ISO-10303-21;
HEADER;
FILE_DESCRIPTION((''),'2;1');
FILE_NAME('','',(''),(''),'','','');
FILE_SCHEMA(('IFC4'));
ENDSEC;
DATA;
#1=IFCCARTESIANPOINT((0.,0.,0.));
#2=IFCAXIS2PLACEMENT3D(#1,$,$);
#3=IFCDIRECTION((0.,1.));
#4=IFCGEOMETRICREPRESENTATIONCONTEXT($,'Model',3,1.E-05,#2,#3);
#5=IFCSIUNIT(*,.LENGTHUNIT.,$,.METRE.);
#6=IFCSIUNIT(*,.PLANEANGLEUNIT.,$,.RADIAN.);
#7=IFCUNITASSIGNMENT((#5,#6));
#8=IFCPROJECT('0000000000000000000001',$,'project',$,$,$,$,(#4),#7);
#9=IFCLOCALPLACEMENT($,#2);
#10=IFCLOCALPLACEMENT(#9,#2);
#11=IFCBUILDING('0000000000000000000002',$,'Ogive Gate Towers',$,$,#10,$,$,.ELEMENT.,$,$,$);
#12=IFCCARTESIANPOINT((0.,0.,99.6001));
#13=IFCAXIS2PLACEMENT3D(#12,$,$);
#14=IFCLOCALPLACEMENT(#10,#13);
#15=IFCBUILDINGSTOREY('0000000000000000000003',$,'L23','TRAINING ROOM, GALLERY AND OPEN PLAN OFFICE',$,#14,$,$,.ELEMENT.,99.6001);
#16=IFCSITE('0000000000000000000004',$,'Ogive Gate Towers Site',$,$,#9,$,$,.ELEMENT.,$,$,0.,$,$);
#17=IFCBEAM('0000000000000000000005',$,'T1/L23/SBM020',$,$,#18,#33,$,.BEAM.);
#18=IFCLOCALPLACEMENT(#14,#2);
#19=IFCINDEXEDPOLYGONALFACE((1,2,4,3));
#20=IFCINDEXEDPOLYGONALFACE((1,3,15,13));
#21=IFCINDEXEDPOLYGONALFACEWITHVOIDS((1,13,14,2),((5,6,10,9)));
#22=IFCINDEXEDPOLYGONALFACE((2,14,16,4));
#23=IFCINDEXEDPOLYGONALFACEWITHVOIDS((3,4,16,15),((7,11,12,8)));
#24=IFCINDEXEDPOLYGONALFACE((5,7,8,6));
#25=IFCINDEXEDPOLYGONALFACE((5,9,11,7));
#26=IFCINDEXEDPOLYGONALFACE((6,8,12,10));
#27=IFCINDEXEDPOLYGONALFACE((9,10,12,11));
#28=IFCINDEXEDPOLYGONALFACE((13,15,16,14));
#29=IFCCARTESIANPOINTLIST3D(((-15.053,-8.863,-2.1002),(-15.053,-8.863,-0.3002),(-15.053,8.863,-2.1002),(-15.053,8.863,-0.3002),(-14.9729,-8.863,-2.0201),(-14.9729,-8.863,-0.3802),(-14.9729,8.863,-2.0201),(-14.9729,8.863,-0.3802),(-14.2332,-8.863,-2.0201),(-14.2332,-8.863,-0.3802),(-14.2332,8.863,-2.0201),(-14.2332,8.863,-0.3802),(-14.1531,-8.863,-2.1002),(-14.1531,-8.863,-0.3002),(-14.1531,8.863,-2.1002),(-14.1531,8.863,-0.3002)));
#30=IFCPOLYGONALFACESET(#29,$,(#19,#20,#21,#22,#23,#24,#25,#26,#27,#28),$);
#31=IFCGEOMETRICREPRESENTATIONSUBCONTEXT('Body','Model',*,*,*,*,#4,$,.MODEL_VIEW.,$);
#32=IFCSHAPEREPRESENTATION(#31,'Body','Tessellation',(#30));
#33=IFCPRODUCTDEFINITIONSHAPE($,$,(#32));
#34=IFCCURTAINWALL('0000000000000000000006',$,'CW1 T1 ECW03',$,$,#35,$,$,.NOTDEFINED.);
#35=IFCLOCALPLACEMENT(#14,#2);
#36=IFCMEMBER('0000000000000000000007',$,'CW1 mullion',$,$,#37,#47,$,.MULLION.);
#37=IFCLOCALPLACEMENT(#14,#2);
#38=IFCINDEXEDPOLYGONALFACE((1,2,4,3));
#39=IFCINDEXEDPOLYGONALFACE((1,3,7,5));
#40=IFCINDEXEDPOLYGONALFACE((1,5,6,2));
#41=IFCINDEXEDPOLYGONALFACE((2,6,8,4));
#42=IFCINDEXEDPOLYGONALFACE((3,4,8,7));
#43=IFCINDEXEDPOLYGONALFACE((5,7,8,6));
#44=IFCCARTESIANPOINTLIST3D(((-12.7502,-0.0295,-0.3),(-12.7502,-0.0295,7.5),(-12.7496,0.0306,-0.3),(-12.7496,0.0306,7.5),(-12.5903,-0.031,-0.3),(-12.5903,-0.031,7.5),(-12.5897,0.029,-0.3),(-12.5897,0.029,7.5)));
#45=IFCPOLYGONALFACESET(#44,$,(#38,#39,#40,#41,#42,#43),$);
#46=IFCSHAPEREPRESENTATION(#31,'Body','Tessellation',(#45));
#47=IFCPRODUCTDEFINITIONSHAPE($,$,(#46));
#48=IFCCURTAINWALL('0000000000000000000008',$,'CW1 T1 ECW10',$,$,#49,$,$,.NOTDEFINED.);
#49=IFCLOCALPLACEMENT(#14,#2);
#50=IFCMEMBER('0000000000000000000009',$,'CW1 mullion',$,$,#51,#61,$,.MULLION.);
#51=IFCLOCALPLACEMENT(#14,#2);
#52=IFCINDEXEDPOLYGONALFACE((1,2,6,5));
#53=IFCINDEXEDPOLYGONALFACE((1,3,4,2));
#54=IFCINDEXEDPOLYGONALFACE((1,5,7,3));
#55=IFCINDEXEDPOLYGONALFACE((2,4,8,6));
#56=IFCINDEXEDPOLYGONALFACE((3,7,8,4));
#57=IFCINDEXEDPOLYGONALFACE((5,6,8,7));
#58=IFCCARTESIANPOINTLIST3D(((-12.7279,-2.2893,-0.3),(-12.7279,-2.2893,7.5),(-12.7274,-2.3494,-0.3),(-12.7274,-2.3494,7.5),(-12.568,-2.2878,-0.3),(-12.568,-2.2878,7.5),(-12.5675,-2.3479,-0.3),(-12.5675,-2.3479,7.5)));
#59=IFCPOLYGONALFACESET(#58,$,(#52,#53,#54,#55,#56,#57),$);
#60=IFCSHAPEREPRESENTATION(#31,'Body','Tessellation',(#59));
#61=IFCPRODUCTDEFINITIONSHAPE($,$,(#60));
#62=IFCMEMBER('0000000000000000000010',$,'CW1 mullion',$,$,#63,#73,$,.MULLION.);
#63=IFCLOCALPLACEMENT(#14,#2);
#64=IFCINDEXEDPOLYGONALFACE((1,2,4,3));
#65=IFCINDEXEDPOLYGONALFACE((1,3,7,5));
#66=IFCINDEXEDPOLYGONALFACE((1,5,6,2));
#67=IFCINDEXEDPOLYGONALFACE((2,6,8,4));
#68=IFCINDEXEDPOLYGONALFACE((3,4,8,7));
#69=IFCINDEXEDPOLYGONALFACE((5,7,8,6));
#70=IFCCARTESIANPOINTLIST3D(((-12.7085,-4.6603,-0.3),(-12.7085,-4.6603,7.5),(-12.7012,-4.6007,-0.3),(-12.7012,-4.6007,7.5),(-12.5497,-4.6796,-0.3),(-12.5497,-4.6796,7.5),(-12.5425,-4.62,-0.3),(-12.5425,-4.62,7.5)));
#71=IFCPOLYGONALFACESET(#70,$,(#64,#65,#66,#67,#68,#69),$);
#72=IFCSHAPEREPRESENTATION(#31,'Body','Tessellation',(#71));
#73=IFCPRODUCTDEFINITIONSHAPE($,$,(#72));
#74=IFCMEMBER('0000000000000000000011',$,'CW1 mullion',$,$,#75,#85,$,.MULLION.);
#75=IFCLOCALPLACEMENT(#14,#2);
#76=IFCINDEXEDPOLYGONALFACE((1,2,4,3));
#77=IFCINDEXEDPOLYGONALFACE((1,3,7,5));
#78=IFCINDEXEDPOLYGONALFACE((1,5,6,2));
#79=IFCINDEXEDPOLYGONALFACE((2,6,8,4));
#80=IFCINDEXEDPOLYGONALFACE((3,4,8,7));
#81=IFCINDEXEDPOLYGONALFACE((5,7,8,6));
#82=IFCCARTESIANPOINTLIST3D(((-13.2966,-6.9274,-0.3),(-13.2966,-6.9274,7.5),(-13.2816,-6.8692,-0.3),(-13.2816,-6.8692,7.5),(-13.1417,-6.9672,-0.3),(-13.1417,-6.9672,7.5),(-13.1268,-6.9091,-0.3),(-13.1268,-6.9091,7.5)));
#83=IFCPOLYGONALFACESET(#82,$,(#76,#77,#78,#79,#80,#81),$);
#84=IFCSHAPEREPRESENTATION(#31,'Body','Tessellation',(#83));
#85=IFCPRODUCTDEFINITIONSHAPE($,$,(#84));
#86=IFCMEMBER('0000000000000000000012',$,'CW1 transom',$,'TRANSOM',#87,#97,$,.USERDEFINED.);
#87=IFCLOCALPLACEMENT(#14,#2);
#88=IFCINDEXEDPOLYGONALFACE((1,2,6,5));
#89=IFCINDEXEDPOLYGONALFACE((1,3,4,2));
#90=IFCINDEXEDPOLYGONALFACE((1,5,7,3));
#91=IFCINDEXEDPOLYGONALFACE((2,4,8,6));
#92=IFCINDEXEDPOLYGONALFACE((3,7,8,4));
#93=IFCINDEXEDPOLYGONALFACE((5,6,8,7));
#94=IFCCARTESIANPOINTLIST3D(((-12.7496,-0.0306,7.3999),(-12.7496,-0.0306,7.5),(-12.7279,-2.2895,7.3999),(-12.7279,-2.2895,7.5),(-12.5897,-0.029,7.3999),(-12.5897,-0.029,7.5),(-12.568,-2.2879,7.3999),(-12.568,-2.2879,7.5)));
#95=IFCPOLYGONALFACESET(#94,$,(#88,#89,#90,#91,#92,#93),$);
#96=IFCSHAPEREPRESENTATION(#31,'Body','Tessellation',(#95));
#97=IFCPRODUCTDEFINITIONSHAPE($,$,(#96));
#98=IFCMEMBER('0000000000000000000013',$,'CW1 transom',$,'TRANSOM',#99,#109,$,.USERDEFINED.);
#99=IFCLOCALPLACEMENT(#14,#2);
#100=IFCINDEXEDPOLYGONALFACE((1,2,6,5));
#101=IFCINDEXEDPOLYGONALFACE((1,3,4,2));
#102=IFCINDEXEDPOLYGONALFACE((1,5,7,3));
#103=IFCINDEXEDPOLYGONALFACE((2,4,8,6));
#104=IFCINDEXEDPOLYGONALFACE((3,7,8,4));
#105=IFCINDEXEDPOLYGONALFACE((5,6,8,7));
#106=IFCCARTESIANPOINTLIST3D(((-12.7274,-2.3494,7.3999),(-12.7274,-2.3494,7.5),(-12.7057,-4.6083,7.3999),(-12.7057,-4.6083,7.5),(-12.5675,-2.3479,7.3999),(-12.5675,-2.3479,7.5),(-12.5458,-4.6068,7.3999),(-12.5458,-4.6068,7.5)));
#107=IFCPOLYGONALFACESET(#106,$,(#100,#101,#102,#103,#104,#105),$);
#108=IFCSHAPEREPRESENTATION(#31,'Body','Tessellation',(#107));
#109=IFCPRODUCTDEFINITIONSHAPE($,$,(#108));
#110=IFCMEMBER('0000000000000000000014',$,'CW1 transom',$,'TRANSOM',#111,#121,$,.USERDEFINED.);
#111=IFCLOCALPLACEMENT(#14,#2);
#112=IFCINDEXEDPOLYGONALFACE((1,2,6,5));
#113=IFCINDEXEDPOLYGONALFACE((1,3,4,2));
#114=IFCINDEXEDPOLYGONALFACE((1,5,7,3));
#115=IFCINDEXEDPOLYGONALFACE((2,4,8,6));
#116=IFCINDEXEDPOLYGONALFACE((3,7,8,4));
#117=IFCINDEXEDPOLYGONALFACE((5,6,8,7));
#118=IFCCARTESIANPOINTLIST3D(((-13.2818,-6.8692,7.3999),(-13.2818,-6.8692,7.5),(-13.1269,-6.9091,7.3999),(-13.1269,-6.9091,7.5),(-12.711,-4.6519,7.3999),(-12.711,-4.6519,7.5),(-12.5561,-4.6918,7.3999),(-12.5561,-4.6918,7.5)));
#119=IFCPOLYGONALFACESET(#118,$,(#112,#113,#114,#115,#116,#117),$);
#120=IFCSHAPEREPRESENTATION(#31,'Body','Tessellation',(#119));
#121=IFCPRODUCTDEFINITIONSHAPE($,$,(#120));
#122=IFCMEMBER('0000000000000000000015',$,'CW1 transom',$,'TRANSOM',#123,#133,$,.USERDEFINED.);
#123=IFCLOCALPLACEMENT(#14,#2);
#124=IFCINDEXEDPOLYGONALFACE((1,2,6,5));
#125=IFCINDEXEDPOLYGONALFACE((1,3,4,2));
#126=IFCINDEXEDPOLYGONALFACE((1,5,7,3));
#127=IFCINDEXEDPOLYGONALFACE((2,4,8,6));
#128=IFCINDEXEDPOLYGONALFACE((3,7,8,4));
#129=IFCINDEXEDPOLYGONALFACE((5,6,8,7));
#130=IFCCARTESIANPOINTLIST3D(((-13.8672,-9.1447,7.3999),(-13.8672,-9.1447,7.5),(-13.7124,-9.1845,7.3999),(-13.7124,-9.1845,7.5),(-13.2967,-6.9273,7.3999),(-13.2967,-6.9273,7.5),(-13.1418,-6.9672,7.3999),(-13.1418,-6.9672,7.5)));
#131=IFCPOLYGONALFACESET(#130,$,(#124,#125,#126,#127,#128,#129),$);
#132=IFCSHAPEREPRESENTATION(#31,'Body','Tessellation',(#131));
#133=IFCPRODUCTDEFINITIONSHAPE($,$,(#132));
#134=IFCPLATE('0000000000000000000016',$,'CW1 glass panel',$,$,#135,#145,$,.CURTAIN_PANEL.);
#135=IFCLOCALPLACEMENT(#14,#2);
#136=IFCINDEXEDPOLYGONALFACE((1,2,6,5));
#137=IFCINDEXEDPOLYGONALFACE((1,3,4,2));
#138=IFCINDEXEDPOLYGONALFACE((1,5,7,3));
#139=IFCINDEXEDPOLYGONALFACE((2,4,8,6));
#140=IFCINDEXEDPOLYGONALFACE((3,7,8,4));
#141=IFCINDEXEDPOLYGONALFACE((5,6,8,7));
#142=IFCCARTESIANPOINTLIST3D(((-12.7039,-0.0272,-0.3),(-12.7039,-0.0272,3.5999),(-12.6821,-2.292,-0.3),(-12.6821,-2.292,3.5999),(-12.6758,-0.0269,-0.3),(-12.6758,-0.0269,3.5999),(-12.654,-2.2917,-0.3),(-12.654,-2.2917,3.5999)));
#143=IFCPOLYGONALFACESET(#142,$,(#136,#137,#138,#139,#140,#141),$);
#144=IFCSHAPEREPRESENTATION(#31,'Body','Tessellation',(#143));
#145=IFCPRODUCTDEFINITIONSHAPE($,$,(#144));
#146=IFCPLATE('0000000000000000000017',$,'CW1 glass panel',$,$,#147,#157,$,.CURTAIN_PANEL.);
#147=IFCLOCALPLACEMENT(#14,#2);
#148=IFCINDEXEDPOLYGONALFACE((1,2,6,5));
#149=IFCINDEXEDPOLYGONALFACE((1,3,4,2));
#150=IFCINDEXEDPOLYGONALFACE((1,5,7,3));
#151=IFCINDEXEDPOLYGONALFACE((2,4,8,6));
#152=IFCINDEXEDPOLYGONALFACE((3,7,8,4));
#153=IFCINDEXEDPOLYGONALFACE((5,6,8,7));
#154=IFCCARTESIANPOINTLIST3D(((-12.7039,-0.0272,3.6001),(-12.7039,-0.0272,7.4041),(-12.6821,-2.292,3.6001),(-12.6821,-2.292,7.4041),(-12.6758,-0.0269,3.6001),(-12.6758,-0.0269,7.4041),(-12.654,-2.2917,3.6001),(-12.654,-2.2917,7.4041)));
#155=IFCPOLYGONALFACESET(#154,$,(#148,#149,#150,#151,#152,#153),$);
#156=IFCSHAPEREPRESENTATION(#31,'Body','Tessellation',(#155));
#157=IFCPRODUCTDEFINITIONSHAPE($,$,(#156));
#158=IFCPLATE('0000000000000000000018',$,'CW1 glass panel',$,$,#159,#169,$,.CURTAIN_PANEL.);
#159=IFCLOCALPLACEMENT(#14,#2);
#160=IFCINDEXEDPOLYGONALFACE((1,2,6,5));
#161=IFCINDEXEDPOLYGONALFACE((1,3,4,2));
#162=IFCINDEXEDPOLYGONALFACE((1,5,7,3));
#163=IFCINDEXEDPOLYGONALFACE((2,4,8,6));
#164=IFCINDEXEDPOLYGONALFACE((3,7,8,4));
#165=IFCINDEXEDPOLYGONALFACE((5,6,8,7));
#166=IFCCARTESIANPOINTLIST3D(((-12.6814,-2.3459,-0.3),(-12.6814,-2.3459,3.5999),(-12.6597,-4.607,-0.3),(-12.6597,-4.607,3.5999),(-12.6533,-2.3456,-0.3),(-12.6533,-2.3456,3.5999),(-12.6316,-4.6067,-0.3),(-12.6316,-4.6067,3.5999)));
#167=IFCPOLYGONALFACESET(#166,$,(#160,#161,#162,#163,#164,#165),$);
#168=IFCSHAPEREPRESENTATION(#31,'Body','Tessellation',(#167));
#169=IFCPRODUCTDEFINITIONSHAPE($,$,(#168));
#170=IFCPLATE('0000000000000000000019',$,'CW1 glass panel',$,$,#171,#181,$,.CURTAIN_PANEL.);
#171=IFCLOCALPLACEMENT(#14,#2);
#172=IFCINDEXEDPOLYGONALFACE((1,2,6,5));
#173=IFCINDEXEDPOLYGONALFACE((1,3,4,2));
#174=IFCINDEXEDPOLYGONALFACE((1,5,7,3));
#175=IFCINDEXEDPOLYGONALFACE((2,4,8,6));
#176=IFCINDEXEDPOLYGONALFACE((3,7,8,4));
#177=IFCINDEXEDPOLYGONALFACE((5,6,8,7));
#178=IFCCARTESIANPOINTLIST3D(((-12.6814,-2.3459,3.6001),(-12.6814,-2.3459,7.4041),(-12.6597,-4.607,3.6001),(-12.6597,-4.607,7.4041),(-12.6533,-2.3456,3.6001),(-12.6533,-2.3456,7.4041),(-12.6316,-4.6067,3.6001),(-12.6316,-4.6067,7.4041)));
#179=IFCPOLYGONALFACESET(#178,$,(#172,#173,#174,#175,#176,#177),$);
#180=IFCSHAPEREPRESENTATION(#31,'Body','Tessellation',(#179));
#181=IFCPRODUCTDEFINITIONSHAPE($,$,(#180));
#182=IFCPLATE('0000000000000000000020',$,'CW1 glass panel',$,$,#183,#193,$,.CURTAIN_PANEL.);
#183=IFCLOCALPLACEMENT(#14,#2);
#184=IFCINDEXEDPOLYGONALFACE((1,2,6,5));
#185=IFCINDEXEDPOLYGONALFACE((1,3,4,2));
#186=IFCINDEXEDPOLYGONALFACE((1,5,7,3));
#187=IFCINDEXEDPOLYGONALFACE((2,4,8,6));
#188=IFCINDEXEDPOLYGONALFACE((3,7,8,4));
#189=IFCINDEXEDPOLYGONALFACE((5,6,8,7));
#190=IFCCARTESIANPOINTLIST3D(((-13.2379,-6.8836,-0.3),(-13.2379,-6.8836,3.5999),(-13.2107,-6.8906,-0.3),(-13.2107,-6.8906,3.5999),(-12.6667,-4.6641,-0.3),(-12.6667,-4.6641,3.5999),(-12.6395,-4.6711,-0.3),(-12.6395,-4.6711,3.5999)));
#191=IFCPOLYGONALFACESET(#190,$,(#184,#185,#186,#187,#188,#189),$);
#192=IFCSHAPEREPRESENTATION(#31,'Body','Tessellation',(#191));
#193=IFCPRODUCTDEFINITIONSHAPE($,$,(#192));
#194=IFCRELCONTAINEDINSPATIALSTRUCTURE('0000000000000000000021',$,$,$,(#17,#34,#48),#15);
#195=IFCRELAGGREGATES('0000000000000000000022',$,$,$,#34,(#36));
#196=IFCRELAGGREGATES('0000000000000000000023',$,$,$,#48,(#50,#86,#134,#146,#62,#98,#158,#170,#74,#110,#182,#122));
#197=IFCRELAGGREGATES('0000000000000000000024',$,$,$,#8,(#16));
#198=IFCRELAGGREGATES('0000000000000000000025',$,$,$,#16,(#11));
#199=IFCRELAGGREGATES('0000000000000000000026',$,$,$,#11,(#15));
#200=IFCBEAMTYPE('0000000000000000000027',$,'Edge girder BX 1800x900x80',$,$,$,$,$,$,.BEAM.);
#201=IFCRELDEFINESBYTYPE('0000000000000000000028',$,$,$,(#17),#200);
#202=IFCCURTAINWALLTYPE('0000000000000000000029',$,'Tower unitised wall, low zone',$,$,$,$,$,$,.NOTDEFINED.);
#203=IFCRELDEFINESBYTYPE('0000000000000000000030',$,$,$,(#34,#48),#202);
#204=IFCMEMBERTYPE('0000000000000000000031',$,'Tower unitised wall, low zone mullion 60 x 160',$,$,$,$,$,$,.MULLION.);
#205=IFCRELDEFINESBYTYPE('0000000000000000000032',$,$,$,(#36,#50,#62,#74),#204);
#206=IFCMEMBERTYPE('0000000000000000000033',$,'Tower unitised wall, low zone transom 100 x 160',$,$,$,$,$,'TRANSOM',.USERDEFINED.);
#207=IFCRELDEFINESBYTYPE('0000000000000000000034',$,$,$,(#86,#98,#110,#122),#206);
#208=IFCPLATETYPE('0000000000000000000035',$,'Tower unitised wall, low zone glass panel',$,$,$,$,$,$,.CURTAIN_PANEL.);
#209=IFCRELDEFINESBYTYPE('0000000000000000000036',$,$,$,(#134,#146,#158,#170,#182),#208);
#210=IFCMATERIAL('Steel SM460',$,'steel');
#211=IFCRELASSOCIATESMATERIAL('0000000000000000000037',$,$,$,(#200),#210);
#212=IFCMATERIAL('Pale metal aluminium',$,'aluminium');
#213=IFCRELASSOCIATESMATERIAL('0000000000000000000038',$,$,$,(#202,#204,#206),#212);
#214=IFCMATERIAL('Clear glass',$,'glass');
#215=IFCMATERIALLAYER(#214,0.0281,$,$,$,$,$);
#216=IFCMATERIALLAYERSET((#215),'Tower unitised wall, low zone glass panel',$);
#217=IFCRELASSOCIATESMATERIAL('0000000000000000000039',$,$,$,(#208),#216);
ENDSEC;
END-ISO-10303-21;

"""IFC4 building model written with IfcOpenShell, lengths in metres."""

from ifc_helpers import new_model, si_unit, direction, frame, origin, origin_2d, place, context, subcontext, project, spatial, rectangle, hollow_rectangle, extrude, material, layer, layer_set, material_profile, profile_set, type_object, element, aggregate, save


model = new_model("IFC4")

# Units and contexts
model_context = context("Model", 3, precision=1e-05, world=origin(), true_north=direction((0.0, 1.0)))
body_context = subcontext(model_context, "Body", "Model", "MODEL_VIEW")
ifc_project = project(units=[si_unit("LENGTHUNIT", "METRE"), si_unit("PLANEANGLEUNIT", "RADIAN")], contexts=[model_context])

# Site, building, storey
site_placement = place(None, origin())
site = spatial("IfcSite", under=ifc_project, at=site_placement, Name="Ogive Gate Towers Site", CompositionType="ELEMENT", RefElevation=0.0)
building_placement = place(site_placement, origin())
building = spatial("IfcBuilding", under=site, at=building_placement, Name="Ogive Gate Towers", CompositionType="ELEMENT")
storey_placement = place(building_placement, frame((0.0, 0.0, 99.6001)))
storey = spatial("IfcBuildingStorey", under=building, at=storey_placement, Name="L23", Description="TRAINING ROOM, GALLERY AND OPEN PLAN OFFICE", CompositionType="ELEMENT", Elevation=99.6001)

# Beam
ifc_material_1 = material(Name="Steel SM460", Category="steel")
ifc_material_profile_1 = material_profile(ifc_material_1, hollow_rectangle(XDim=0.8999, YDim=1.8, WallThickness=0.0801, at=origin_2d()), Name="BX 1800x900x80")
ifc_profile_set_1 = profile_set([ifc_material_profile_1], Name="Steel SM460")
beam_type = type_object("IfcBeamType", Name="Edge girder BX 1800x900x80", PredefinedType="BEAM", material=ifc_profile_set_1)
beam_placement = place(storey_placement, frame((-14.603, -8.863, -1.2002), z_axis=(0.0, 1.0, 0.0), x_axis=(-1.0, 0.0, 0.0)))
element("IfcBeam", 1, at=beam_placement, inside=storey, type_object=beam_type, Name="T1/L23/SBM020", PredefinedType="BEAM", context=body_context, shape_type="SweptSolid", body=[
    extrude(hollow_rectangle(XDim=0.8999, YDim=1.8, WallThickness=0.0801, at=origin_2d()), origin(), (0.0, 0.0, 1.0), 17.7261),
])

# Curtain wall, member
ifc_material_2 = material(Name="Pale metal aluminium", Category="aluminium")
curtain_wall_type = type_object("IfcCurtainWallType", Name="Tower unitised wall, low zone", PredefinedType="NOTDEFINED", material=ifc_material_2)
curtain_wall_1_placement = place(storey_placement, origin())
curtain_wall_1 = element("IfcCurtainWall", 2, at=curtain_wall_1_placement, inside=storey, type_object=curtain_wall_type, Name="CW1 T1 ECW03", PredefinedType="NOTDEFINED")
ifc_material_profile_2 = material_profile(ifc_material_2, rectangle(XDim=0.1599, YDim=0.0601, at=origin_2d()), Name="60 x 160 aluminium box")
ifc_profile_set_2 = profile_set([ifc_material_profile_2], Name="Pale metal aluminium")
member_type_1 = type_object("IfcMemberType", Name="Tower unitised wall, low zone mullion 60 x 160", PredefinedType="MULLION", material=ifc_profile_set_2)
member_1_placement = place(storey_placement, frame((-12.6699, -0.0002, -0.3), z_axis=(0.0, 0.0, 1.0), x_axis=(-0.999954, 0.009617, 0.0)))
member_1 = element("IfcMember", 3, at=member_1_placement, type_object=member_type_1, Name="CW1 mullion", PredefinedType="MULLION", context=body_context, shape_type="SweptSolid", body=[
    extrude(rectangle(XDim=0.1599, YDim=0.0601, at=origin_2d()), origin(), (0.0, 0.0, 1.0), 7.8),
])
aggregate(curtain_wall_1, [member_1])

# Curtain wall, members, plates
curtain_wall_2_placement = place(storey_placement, origin())
curtain_wall_2 = element("IfcCurtainWall", 4, at=curtain_wall_2_placement, inside=storey, type_object=curtain_wall_type, Name="CW1 T1 ECW10", PredefinedType="NOTDEFINED")
member_2_placement = place(storey_placement, frame((-12.6477, -2.3186, -0.3), z_axis=(0.0, 0.0, 1.0), x_axis=(-0.999954, -0.009599, 0.0)))
member_2 = element("IfcMember", 5, at=member_2_placement, type_object=member_type_1, Name="CW1 mullion", PredefinedType="MULLION", context=body_context, shape_type="SweptSolid", body=[
    extrude(rectangle(XDim=0.1599, YDim=0.0601, at=origin_2d()), origin(), (0.0, 0.0, 1.0), 7.8),
])
member_3_placement = place(storey_placement, frame((-12.6255, -4.6401, -0.3), z_axis=(0.0, 0.0, 1.0), x_axis=(-0.992669, 0.120865, 0.0)))
member_3 = element("IfcMember", 6, at=member_3_placement, type_object=member_type_1, Name="CW1 mullion", PredefinedType="MULLION", context=body_context, shape_type="SweptSolid", body=[
    extrude(rectangle(XDim=0.1599, YDim=0.0601, at=origin_2d()), origin(), (0.0, 0.0, 1.0), 7.8),
])
member_4_placement = place(storey_placement, frame((-13.2117, -6.9182, -0.3), z_axis=(0.0, 0.0, 1.0), x_axis=(-0.96844, 0.249248, 0.0)))
member_4 = element("IfcMember", 7, at=member_4_placement, type_object=member_type_1, Name="CW1 mullion", PredefinedType="MULLION", context=body_context, shape_type="SweptSolid", body=[
    extrude(rectangle(XDim=0.1599, YDim=0.0601, at=origin_2d()), origin(), (0.0, 0.0, 1.0), 7.8),
])
ifc_material_profile_3 = material_profile(ifc_material_2, rectangle(XDim=0.1599, YDim=0.1001, at=origin_2d()), Name="100 x 160 aluminium box")
ifc_profile_set_3 = profile_set([ifc_material_profile_3], Name="Pale metal aluminium")
member_type_2 = type_object("IfcMemberType", Name="Tower unitised wall, low zone transom 100 x 160", ElementType="TRANSOM", PredefinedType="USERDEFINED", material=ifc_profile_set_3)
member_5_placement = place(storey_placement, frame((-12.6697, -0.0298, 7.45), z_axis=(0.009618, -0.999954, 0.0), x_axis=(0.999954, 0.009618, 0.0)))
member_5 = element("IfcMember", 8, at=member_5_placement, type_object=member_type_2, Name="CW1 transom", ObjectType="TRANSOM", PredefinedType="USERDEFINED", context=body_context, shape_type="SweptSolid", body=[
    extrude(rectangle(XDim=0.1599, YDim=0.1001, at=origin_2d()), origin(), (0.0, 0.0, 1.0), 2.259),
])
member_6_placement = place(storey_placement, frame((-12.6475, -2.3486, 7.45), z_axis=(0.009618, -0.999954, 0.0), x_axis=(0.999954, 0.009618, 0.0)))
member_6 = element("IfcMember", 9, at=member_6_placement, type_object=member_type_2, Name="CW1 transom", ObjectType="TRANSOM", PredefinedType="USERDEFINED", context=body_context, shape_type="SweptSolid", body=[
    extrude(rectangle(XDim=0.1599, YDim=0.1001, at=origin_2d()), origin(), (0.0, 0.0, 1.0), 2.259),
])
member_7_placement = place(storey_placement, frame((-12.6335, -4.6719, 7.45), z_axis=(-0.249304, -0.968425, 0.0), x_axis=(0.968425, -0.249304, 0.0)))
member_7 = element("IfcMember", 10, at=member_7_placement, type_object=member_type_2, Name="CW1 transom", ObjectType="TRANSOM", PredefinedType="USERDEFINED", context=body_context, shape_type="SweptSolid", body=[
    extrude(rectangle(XDim=0.1599, YDim=0.1001, at=origin_2d()), origin(), (0.0, 0.0, 1.0), 2.2896),
])
member_8_placement = place(storey_placement, frame((-13.2192, -6.9473, 7.45), z_axis=(-0.249204, -0.968451, 0.0), x_axis=(0.968451, -0.249204, 0.0)))
member_8 = element("IfcMember", 11, at=member_8_placement, type_object=member_type_2, Name="CW1 transom", ObjectType="TRANSOM", PredefinedType="USERDEFINED", context=body_context, shape_type="SweptSolid", body=[
    extrude(rectangle(XDim=0.1599, YDim=0.1001, at=origin_2d()), origin(), (0.0, 0.0, 1.0), 2.2896),
])
ifc_material_3 = material(Name="Clear glass", Category="glass")
ifc_layer_1 = layer(ifc_material_3, 0.0281)
ifc_layer_set_1 = layer_set([ifc_layer_1], Name="Tower unitised wall, low zone glass panel")
plate_type = type_object("IfcPlateType", Name="Tower unitised wall, low zone glass panel", PredefinedType="CURTAIN_PANEL", material=ifc_layer_set_1)
plate_1_placement = place(storey_placement, frame((-12.679, -1.1594, -0.3), z_axis=(0.0, 0.0, 1.0), x_axis=(0.009617, -0.999954, 0.0)))
plate_1 = element("IfcPlate", 12, at=plate_1_placement, type_object=plate_type, Name="CW1 glass panel", PredefinedType="CURTAIN_PANEL", context=body_context, shape_type="SweptSolid", body=[
    extrude(rectangle(XDim=2.2649, YDim=0.0281, at=origin_2d()), origin(), (0.0, 0.0, 1.0), 3.8999),
])
plate_2_placement = place(storey_placement, frame((-12.679, -1.1594, 3.6001), z_axis=(0.0, 0.0, 1.0), x_axis=(0.009617, -0.999954, 0.0)))
plate_2 = element("IfcPlate", 13, at=plate_2_placement, type_object=plate_type, Name="CW1 glass panel", PredefinedType="CURTAIN_PANEL", context=body_context, shape_type="SweptSolid", body=[
    extrude(rectangle(XDim=2.2649, YDim=0.0281, at=origin_2d()), origin(), (0.0, 0.0, 1.0), 3.804),
])
plate_3_placement = place(storey_placement, frame((-12.6565, -3.4763, -0.3), z_axis=(0.0, 0.0, 1.0), x_axis=(0.009582, -0.999954, 0.0)))
plate_3 = element("IfcPlate", 14, at=plate_3_placement, type_object=plate_type, Name="CW1 glass panel", PredefinedType="CURTAIN_PANEL", context=body_context, shape_type="SweptSolid", body=[
    extrude(rectangle(XDim=2.2612, YDim=0.0281, at=origin_2d()), origin(), (0.0, 0.0, 1.0), 3.8999),
])
plate_4_placement = place(storey_placement, frame((-12.6565, -3.4763, 3.6001), z_axis=(0.0, 0.0, 1.0), x_axis=(0.009582, -0.999954, 0.0)))
plate_4 = element("IfcPlate", 15, at=plate_4_placement, type_object=plate_type, Name="CW1 glass panel", PredefinedType="CURTAIN_PANEL", context=body_context, shape_type="SweptSolid", body=[
    extrude(rectangle(XDim=2.2612, YDim=0.0281, at=origin_2d()), origin(), (0.0, 0.0, 1.0), 3.804),
])
plate_5_placement = place(storey_placement, frame((-12.9387, -5.7773, -0.3), z_axis=(0.0, 0.0, 1.0), x_axis=(-0.249248, -0.96844, 0.0)))
plate_5 = element("IfcPlate", 16, at=plate_5_placement, type_object=plate_type, Name="CW1 glass panel", PredefinedType="CURTAIN_PANEL", context=body_context, shape_type="SweptSolid", body=[
    extrude(rectangle(XDim=2.2917, YDim=0.0281, at=origin_2d()), origin(), (0.0, 0.0, 1.0), 3.8999),
])
aggregate(curtain_wall_2, [member_2, member_5, plate_1, plate_2, member_3, member_6, plate_3, plate_4, member_4, member_7, plate_5, member_8])

save(model, "model.ifc")
